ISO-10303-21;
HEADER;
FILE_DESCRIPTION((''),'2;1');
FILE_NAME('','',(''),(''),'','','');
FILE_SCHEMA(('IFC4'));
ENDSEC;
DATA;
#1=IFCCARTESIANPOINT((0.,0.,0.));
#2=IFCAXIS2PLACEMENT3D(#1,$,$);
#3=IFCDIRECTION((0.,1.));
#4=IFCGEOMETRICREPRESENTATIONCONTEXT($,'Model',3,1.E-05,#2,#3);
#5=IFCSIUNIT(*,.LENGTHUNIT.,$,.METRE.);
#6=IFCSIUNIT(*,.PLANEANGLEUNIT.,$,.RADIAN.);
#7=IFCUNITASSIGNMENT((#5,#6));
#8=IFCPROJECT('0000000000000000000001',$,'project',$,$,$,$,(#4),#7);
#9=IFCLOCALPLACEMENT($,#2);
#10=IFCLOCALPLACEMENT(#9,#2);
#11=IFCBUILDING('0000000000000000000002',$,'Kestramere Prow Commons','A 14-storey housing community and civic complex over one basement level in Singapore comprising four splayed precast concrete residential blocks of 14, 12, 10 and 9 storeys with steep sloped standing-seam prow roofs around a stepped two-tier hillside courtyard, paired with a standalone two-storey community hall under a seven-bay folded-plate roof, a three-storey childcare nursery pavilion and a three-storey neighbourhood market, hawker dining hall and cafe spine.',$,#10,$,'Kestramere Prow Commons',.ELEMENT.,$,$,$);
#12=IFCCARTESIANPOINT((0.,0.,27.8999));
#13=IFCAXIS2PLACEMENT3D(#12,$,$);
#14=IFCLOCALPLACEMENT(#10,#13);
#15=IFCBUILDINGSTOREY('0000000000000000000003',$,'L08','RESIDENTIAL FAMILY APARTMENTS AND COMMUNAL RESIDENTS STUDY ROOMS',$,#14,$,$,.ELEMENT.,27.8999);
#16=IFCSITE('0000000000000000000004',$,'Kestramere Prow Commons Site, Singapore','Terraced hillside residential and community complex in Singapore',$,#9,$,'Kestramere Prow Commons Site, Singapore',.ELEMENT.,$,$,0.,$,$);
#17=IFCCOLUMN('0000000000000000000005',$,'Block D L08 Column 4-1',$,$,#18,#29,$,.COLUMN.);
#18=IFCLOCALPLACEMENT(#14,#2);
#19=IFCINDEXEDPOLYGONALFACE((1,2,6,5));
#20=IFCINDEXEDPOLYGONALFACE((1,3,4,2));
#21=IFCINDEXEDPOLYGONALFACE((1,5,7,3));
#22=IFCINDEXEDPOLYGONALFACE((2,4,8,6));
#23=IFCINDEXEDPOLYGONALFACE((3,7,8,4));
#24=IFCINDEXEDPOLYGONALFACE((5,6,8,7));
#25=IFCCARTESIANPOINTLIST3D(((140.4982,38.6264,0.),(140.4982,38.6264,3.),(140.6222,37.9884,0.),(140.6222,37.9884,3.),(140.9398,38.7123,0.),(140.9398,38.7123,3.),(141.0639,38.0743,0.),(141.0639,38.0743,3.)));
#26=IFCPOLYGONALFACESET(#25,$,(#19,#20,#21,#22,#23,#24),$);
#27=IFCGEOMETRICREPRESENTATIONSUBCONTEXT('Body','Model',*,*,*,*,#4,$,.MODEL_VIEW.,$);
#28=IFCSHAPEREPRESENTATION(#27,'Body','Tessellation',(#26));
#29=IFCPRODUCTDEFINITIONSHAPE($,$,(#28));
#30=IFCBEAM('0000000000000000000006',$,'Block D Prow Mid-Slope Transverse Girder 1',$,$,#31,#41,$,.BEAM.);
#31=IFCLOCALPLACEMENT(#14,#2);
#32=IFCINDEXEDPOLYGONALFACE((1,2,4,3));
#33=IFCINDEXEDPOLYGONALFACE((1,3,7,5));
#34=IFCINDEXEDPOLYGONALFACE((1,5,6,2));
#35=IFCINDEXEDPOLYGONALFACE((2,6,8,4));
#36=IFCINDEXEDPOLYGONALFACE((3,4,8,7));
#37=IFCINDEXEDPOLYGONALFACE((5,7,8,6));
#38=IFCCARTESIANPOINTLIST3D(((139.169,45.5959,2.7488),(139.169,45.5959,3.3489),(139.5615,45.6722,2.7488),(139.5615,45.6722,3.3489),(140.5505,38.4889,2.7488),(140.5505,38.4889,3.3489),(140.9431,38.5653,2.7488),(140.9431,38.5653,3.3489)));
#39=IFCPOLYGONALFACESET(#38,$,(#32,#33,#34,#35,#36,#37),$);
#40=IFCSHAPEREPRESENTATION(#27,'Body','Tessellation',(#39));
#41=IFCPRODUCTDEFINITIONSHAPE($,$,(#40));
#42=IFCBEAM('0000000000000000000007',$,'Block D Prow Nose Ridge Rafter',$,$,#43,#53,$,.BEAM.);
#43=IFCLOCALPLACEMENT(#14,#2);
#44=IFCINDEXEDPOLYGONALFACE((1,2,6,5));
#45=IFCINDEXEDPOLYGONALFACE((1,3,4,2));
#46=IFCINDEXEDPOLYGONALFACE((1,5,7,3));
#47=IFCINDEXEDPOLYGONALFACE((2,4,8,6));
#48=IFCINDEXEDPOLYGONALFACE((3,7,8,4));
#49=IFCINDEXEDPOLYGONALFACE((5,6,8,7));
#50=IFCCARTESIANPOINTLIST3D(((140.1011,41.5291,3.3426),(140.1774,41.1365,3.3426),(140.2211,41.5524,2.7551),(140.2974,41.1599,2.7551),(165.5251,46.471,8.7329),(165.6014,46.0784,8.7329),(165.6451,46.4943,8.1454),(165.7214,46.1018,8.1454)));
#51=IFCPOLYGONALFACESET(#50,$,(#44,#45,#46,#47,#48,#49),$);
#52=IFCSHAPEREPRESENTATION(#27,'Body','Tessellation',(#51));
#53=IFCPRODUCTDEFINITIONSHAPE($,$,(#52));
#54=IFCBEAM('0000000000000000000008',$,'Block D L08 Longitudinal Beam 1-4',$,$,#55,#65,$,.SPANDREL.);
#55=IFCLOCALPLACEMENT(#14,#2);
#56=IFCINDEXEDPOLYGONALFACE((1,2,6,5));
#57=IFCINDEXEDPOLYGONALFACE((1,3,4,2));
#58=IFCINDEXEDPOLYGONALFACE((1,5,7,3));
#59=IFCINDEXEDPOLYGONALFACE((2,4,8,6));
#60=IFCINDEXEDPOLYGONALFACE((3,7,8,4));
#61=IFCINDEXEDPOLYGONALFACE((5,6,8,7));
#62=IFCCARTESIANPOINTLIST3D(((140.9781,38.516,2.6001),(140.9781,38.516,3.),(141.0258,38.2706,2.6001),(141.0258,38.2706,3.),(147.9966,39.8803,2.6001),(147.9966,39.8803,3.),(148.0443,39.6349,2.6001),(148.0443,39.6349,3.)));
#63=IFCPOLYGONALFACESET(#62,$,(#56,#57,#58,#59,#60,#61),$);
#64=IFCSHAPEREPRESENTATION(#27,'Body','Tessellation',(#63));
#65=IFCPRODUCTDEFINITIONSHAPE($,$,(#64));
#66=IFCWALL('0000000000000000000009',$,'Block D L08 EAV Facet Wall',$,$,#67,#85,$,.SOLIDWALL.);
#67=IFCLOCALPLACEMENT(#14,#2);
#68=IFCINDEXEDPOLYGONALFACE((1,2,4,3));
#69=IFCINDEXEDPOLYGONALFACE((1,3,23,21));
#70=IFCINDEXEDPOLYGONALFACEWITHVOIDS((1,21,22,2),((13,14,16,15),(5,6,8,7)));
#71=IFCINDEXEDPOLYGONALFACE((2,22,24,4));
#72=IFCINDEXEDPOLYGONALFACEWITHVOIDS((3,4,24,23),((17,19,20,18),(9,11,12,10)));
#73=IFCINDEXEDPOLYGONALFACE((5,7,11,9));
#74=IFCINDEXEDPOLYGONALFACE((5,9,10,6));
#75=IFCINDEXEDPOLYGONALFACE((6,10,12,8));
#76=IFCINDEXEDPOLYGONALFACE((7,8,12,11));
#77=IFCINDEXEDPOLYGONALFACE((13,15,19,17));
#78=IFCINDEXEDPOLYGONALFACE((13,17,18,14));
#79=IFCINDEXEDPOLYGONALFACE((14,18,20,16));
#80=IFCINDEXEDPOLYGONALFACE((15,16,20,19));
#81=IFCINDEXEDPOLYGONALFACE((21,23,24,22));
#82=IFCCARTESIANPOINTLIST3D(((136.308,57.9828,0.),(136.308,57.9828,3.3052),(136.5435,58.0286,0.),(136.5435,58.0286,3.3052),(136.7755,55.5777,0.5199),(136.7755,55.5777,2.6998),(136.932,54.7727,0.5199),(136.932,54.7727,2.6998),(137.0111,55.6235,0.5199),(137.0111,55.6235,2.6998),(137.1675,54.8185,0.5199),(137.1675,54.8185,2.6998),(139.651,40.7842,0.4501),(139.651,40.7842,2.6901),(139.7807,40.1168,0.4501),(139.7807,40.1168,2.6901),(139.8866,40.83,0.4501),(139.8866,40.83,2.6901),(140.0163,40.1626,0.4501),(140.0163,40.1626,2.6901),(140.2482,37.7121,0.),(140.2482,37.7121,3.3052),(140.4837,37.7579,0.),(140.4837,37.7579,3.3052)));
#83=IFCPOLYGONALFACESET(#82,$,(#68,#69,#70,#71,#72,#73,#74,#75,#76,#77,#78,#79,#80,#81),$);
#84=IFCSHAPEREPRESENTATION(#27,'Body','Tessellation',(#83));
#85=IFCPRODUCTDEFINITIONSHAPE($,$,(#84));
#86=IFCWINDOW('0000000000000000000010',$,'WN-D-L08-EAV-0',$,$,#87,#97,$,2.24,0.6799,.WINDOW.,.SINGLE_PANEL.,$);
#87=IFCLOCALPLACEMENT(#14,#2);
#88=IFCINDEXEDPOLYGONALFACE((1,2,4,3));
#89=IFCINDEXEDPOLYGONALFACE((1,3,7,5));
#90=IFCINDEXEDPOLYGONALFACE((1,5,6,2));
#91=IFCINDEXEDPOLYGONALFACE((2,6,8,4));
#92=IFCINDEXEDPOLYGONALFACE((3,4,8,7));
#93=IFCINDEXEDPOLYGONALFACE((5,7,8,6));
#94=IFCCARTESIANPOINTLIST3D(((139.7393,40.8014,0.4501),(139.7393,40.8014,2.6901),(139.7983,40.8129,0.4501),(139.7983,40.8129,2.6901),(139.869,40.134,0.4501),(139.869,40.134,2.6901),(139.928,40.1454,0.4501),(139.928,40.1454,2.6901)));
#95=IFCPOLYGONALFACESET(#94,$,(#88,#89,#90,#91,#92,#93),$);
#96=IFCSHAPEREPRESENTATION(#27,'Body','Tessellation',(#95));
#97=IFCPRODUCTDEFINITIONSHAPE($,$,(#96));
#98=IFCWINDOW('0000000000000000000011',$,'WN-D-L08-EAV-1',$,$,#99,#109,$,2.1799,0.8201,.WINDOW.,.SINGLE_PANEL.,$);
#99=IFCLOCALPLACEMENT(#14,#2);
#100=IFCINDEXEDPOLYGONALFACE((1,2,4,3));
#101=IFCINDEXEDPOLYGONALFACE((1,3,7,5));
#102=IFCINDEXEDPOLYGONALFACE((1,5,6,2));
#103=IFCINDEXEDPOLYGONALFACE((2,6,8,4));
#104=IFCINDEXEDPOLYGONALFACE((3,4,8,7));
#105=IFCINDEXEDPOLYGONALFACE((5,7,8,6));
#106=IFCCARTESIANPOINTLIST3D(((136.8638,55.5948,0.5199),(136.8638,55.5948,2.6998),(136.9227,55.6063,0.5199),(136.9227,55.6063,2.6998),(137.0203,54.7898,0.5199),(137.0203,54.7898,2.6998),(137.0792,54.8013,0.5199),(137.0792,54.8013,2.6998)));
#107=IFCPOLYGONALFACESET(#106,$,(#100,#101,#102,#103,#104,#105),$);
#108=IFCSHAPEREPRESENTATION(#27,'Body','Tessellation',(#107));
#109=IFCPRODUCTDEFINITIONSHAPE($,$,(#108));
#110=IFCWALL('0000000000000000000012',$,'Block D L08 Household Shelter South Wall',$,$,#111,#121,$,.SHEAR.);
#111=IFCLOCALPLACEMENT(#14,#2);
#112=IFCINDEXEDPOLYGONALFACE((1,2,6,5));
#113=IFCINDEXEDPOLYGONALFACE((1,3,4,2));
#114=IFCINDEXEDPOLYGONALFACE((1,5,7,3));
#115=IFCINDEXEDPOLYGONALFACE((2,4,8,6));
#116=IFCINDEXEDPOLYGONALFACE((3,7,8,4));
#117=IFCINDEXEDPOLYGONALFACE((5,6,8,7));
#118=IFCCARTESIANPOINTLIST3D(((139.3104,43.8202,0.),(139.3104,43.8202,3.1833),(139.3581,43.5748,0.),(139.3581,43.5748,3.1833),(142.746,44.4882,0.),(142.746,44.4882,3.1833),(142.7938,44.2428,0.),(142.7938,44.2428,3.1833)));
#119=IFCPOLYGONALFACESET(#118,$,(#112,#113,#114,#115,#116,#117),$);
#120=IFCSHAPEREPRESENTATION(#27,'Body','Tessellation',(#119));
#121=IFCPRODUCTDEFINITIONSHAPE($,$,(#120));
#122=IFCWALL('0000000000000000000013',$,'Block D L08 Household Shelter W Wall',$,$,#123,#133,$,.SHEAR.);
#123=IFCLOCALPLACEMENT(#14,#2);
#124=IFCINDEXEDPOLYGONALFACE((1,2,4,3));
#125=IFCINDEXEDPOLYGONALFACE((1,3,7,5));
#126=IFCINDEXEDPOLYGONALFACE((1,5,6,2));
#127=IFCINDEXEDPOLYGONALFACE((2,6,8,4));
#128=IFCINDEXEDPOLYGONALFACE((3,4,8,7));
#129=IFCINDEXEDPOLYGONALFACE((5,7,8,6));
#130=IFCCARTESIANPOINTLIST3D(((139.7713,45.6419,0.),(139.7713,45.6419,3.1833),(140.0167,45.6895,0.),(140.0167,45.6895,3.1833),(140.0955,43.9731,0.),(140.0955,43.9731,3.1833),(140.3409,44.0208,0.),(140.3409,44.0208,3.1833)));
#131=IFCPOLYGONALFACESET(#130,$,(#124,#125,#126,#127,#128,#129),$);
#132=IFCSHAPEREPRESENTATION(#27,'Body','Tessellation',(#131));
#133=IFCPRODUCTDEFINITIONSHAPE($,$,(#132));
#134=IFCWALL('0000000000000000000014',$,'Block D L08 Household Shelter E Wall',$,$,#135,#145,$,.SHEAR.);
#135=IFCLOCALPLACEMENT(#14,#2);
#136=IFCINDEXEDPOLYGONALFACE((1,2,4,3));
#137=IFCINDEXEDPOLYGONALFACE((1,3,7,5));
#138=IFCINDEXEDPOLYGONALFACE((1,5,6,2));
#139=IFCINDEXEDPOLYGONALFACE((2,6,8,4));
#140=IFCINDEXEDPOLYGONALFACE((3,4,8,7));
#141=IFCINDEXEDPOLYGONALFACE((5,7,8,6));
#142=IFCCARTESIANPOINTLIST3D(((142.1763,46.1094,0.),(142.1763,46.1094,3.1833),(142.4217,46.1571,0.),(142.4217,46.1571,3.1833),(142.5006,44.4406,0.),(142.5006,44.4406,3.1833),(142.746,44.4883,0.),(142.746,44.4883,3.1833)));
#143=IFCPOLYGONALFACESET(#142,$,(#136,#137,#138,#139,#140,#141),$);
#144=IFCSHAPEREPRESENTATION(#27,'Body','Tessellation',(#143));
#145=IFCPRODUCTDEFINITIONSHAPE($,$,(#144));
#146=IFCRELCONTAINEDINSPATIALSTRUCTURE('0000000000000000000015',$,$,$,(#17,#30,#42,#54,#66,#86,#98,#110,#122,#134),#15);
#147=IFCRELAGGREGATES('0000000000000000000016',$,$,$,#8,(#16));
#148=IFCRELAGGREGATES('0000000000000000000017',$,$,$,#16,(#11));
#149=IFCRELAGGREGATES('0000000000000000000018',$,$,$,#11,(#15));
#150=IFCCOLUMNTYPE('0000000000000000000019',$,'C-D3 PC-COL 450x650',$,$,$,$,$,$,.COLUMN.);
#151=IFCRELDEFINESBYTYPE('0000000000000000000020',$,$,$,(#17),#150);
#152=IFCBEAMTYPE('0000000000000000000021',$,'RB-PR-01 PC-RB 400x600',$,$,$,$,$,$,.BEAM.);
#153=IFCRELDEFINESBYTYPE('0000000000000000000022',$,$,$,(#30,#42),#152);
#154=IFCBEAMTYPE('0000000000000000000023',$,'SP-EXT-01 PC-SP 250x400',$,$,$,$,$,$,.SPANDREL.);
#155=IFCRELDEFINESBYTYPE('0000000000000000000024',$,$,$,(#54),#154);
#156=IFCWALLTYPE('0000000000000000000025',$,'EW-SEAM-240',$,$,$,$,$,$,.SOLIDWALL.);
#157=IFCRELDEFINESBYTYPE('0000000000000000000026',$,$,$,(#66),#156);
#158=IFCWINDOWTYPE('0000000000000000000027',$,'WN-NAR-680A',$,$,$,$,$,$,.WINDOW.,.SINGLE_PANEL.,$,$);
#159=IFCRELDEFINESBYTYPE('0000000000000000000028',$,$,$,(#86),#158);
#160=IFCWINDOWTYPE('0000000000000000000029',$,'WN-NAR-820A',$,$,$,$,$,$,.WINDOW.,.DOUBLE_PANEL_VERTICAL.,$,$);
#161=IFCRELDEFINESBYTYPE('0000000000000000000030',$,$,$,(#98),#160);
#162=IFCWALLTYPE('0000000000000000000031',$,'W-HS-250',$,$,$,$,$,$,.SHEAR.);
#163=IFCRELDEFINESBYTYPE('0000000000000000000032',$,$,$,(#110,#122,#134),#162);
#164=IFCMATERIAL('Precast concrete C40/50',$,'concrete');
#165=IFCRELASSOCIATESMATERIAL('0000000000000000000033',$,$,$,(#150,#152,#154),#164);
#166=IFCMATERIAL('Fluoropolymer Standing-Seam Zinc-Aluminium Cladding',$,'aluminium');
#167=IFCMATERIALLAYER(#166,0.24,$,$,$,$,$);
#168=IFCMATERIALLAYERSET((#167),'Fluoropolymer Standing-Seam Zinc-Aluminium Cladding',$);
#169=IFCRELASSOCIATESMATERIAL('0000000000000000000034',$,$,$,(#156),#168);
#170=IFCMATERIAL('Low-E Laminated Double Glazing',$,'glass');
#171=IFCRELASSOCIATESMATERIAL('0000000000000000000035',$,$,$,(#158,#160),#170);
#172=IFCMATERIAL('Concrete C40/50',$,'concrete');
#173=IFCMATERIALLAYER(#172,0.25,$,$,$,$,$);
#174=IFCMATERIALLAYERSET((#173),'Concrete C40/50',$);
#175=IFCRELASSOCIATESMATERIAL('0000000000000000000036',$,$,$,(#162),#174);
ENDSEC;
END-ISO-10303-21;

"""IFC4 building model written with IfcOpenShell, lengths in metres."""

from ifc_helpers import new_model, si_unit, direction, frame, frame_2d, origin, origin_2d, place, context, subcontext, project, spatial, rectangle, extrude, material, layer, layer_set, material_profile, profile_set, type_object, element, fill, save


model = new_model("IFC4")

# Units and contexts
model_context = context("Model", 3, precision=1e-05, world=origin(), true_north=direction((0.0, 1.0)))
body_context = subcontext(model_context, "Body", "Model", "MODEL_VIEW")
ifc_project = project(units=[si_unit("LENGTHUNIT", "METRE"), si_unit("PLANEANGLEUNIT", "RADIAN")], contexts=[model_context])

# Site, building, storey
site_placement = place(None, origin())
site = spatial("IfcSite", under=ifc_project, at=site_placement, Name="Kestramere Prow Commons Site, Singapore", Description="Terraced hillside residential and community complex in Singapore", LongName="Kestramere Prow Commons Site, Singapore", CompositionType="ELEMENT", RefElevation=0.0)
building_placement = place(site_placement, origin())
building = spatial("IfcBuilding", under=site, at=building_placement, Name="Kestramere Prow Commons", Description="A 14-storey housing community and civic complex over one basement level in Singapore comprising four splayed precast concrete residential blocks of 14, 12, 10 and 9 storeys with steep sloped standing-seam prow roofs around a stepped two-tier hillside courtyard, paired with a standalone two-storey community hall under a seven-bay folded-plate roof, a three-storey childcare nursery pavilion and a three-storey neighbourhood market, hawker dining hall and cafe spine.", LongName="Kestramere Prow Commons", CompositionType="ELEMENT")
storey_placement = place(building_placement, frame((0.0, 0.0, 27.8999)))
storey = spatial("IfcBuildingStorey", under=building, at=storey_placement, Name="L08", Description="RESIDENTIAL FAMILY APARTMENTS AND COMMUNAL RESIDENTS STUDY ROOMS", CompositionType="ELEMENT", Elevation=27.8999)

# Column
ifc_material_1 = material(Name="Precast concrete C40/50", Category="concrete")
ifc_material_profile_1 = material_profile(ifc_material_1, rectangle(XDim=0.45, YDim=0.6499, at=origin_2d()), Name="PC-COL 450x650")
ifc_profile_set_1 = profile_set([ifc_material_profile_1], Name="Precast concrete C40/50")
column_type = type_object("IfcColumnType", Name="C-D3 PC-COL 450x650", PredefinedType="COLUMN", material=ifc_profile_set_1)
column_placement = place(storey_placement, frame((140.781, 38.3503, 0.0), z_axis=(0.0, 0.0, 1.0), x_axis=(0.981627, 0.190809, 0.0)))
element("IfcColumn", 1, at=column_placement, inside=storey, type_object=column_type, Name="Block D L08 Column 4-1", PredefinedType="COLUMN", context=body_context, shape_type="SweptSolid", body=[
    extrude(rectangle(XDim=0.45, YDim=0.6499, at=origin_2d()), origin(), (0.0, 0.0, 1.0), 3.0),
])

# Beams
ifc_material_profile_2 = material_profile(ifc_material_1, rectangle(XDim=0.3999, YDim=0.6001, at=origin_2d()), Name="PC-RB 400x600")
ifc_profile_set_2 = profile_set([ifc_material_profile_2], Name="Precast concrete C40/50")
beam_type_1 = type_object("IfcBeamType", Name="RB-PR-01 PC-RB 400x600", PredefinedType="BEAM", material=ifc_profile_set_2)
beam_1_placement = place(storey_placement, frame((140.7468, 38.5271, 3.0488), z_axis=(-0.190828, 0.981623, 0.0), x_axis=(-0.981623, -0.190828, 0.0)))
element("IfcBeam", 2, at=beam_1_placement, inside=storey, type_object=beam_type_1, Name="Block D Prow Mid-Slope Transverse Girder 1", PredefinedType="BEAM", context=body_context, shape_type="SweptSolid", body=[
    extrude(rectangle(XDim=0.3999, YDim=0.6001, at=origin_2d()), origin(), (0.0, 0.0, 1.0), 7.24),
])
beam_2_placement = place(storey_placement, frame((140.1992, 41.3445, 3.0488), z_axis=(0.961034, 0.186804, 0.203757), x_axis=(-0.190807, 0.981628, 0.0)))
element("IfcBeam", 3, at=beam_2_placement, inside=storey, type_object=beam_type_1, Name="Block D Prow Nose Ridge Rafter", PredefinedType="BEAM", context=body_context, shape_type="SweptSolid", body=[
    extrude(rectangle(XDim=0.3999, YDim=0.6001, at=origin_2d()), origin(), (0.0, 0.0, 1.0), 26.4548),
])
ifc_material_profile_3 = material_profile(ifc_material_1, rectangle(XDim=0.25, YDim=0.3999, at=origin_2d()), Name="PC-SP 250x400")
ifc_profile_set_3 = profile_set([ifc_material_profile_3], Name="Precast concrete C40/50")
beam_type_2 = type_object("IfcBeamType", Name="SP-EXT-01 PC-SP 250x400", PredefinedType="SPANDREL", material=ifc_profile_set_3)
beam_3_placement = place(storey_placement, frame((141.002, 38.3933, 2.8), z_axis=(0.981627, 0.190808, 0.0), x_axis=(-0.190808, 0.981627, 0.0)))
element("IfcBeam", 4, at=beam_3_placement, inside=storey, type_object=beam_type_2, Name="Block D L08 Longitudinal Beam 1-4", PredefinedType="SPANDREL", context=body_context, shape_type="SweptSolid", body=[
    extrude(rectangle(XDim=0.25, YDim=0.3999, at=origin_2d()), origin(), (0.0, 0.0, 1.0), 7.1499),
])

# Wall, openings, windows
ifc_material_2 = material(Name="Fluoropolymer Standing-Seam Zinc-Aluminium Cladding", Category="aluminium")
ifc_layer_1 = layer(ifc_material_2, 0.24)
ifc_layer_set_1 = layer_set([ifc_layer_1], Name="Fluoropolymer Standing-Seam Zinc-Aluminium Cladding")
wall_type_1 = type_object("IfcWallType", Name="EW-SEAM-240", PredefinedType="SOLIDWALL", material=ifc_layer_set_1)
wall_1_placement = place(storey_placement, frame((140.366, 37.7349, 0.0), z_axis=(0.0, 0.0, 1.0), x_axis=(-0.190807, 0.981628, 0.0)))
wall_1 = element("IfcWall", 5, at=wall_1_placement, inside=storey, type_object=wall_type_1, Name="Block D L08 EAV Facet Wall", PredefinedType="SOLIDWALL", context=body_context, shape_type="SweptSolid", body=[
    extrude(rectangle(XDim=20.6501, YDim=0.24, at=frame_2d((10.3252, 0.0))), origin(), (0.0, 0.0, 1.0), 3.3052),
])
opening_1_placement = place(wall_1_placement, frame((2.45, 0.0, 0.45)))
opening_1 = element("IfcOpeningElement", 6, at=opening_1_placement, cuts=wall_1, PredefinedType="OPENING", context=body_context, shape_type="SweptSolid", body=[
    extrude(rectangle(XDim=0.6799, YDim=2.24, at=frame_2d((0.3398, 1.1201))), frame((0.0, 0.135, 0.0), z_axis=(0.0, -1.0, 0.0), x_axis=(1.0, 0.0, 0.0)), (0.0, 0.0, 1.0), 0.27),
])
opening_2_placement = place(wall_1_placement, frame((17.3799, 0.0, 0.52)))
opening_2 = element("IfcOpeningElement", 7, at=opening_2_placement, cuts=wall_1, PredefinedType="OPENING", context=body_context, shape_type="SweptSolid", body=[
    extrude(rectangle(XDim=0.8201, YDim=2.1799, at=frame_2d((0.4102, 1.0898))), frame((0.0, 0.135, 0.0), z_axis=(0.0, -1.0, 0.0), x_axis=(1.0, 0.0, 0.0)), (0.0, 0.0, 1.0), 0.27),
])
ifc_material_3 = material(Name="Low-E Laminated Double Glazing", Category="glass")
window_type_1 = type_object("IfcWindowType", Name="WN-NAR-680A", PartitioningType="SINGLE_PANEL", PredefinedType="WINDOW", material=ifc_material_3)
window_1_placement = place(opening_1_placement, origin())
window_1 = element("IfcWindow", 8, at=window_1_placement, inside=storey, type_object=window_type_1, Name="WN-D-L08-EAV-0", OverallHeight=2.24, OverallWidth=0.6799, PartitioningType="SINGLE_PANEL", PredefinedType="WINDOW", context=body_context, shape_type="SweptSolid", body=[
    extrude(rectangle(XDim=0.6799, YDim=2.24, at=frame_2d((0.3398, 1.1201))), frame((0.0, 0.03, 0.0), z_axis=(0.0, -1.0, 0.0), x_axis=(1.0, 0.0, 0.0)), (0.0, 0.0, 1.0), 0.0601),
])
fill(opening_1, window_1)
window_type_2 = type_object("IfcWindowType", Name="WN-NAR-820A", PartitioningType="DOUBLE_PANEL_VERTICAL", PredefinedType="WINDOW", material=ifc_material_3)
window_2_placement = place(opening_2_placement, origin())
window_2 = element("IfcWindow", 9, at=window_2_placement, inside=storey, type_object=window_type_2, Name="WN-D-L08-EAV-1", OverallHeight=2.1799, OverallWidth=0.8201, PartitioningType="SINGLE_PANEL", PredefinedType="WINDOW", context=body_context, shape_type="SweptSolid", body=[
    extrude(rectangle(XDim=0.8201, YDim=2.1799, at=frame_2d((0.4102, 1.0898))), frame((0.0, 0.03, 0.0), z_axis=(0.0, -1.0, 0.0), x_axis=(1.0, 0.0, 0.0)), (0.0, 0.0, 1.0), 0.0601),
])
fill(opening_2, window_2)

# Walls
ifc_material_4 = material(Name="Concrete C40/50", Category="concrete")
ifc_layer_2 = layer(ifc_material_4, 0.25)
ifc_layer_set_2 = layer_set([ifc_layer_2], Name="Concrete C40/50")
wall_type_2 = type_object("IfcWallType", Name="W-HS-250", PredefinedType="SHEAR", material=ifc_layer_set_2)
wall_2_placement = place(storey_placement, frame((139.3342, 43.6975, 0.0), z_axis=(0.0, 0.0, 1.0), x_axis=(0.981621, 0.190842, 0.0)))
element("IfcWall", 10, at=wall_2_placement, inside=storey, type_object=wall_type_2, Name="Block D L08 Household Shelter South Wall", PredefinedType="SHEAR", context=body_context, shape_type="SweptSolid", body=[
    extrude(rectangle(XDim=3.5, YDim=0.25, at=frame_2d((1.75, 0.0))), origin(), (0.0, 0.0, 1.0), 3.1833),
])
for number, where, z_axis, x_axis, name in (
    (11, (140.2183, 43.9968, 0.0), (0.0, 0.0, 1.0), (-0.190727, 0.981643, 0.0), "Block D L08 Household Shelter W Wall"),
    (12, (142.6233, 44.4644, 0.0), (0.0, 0.0, 1.0), (-0.190727, 0.981643, 0.0), "Block D L08 Household Shelter E Wall"),
):
    element("IfcWall", number, at=place(storey_placement, frame(where, z_axis=z_axis, x_axis=x_axis)), inside=storey, type_object=wall_type_2, Name=name, PredefinedType="SHEAR", context=body_context, shape_type="SweptSolid", body=[
        extrude(rectangle(XDim=1.7, YDim=0.25, at=frame_2d((0.8501, 0.0))), origin(), (0.0, 0.0, 1.0), 3.1833),
    ])

save(model, "model.ifc")
